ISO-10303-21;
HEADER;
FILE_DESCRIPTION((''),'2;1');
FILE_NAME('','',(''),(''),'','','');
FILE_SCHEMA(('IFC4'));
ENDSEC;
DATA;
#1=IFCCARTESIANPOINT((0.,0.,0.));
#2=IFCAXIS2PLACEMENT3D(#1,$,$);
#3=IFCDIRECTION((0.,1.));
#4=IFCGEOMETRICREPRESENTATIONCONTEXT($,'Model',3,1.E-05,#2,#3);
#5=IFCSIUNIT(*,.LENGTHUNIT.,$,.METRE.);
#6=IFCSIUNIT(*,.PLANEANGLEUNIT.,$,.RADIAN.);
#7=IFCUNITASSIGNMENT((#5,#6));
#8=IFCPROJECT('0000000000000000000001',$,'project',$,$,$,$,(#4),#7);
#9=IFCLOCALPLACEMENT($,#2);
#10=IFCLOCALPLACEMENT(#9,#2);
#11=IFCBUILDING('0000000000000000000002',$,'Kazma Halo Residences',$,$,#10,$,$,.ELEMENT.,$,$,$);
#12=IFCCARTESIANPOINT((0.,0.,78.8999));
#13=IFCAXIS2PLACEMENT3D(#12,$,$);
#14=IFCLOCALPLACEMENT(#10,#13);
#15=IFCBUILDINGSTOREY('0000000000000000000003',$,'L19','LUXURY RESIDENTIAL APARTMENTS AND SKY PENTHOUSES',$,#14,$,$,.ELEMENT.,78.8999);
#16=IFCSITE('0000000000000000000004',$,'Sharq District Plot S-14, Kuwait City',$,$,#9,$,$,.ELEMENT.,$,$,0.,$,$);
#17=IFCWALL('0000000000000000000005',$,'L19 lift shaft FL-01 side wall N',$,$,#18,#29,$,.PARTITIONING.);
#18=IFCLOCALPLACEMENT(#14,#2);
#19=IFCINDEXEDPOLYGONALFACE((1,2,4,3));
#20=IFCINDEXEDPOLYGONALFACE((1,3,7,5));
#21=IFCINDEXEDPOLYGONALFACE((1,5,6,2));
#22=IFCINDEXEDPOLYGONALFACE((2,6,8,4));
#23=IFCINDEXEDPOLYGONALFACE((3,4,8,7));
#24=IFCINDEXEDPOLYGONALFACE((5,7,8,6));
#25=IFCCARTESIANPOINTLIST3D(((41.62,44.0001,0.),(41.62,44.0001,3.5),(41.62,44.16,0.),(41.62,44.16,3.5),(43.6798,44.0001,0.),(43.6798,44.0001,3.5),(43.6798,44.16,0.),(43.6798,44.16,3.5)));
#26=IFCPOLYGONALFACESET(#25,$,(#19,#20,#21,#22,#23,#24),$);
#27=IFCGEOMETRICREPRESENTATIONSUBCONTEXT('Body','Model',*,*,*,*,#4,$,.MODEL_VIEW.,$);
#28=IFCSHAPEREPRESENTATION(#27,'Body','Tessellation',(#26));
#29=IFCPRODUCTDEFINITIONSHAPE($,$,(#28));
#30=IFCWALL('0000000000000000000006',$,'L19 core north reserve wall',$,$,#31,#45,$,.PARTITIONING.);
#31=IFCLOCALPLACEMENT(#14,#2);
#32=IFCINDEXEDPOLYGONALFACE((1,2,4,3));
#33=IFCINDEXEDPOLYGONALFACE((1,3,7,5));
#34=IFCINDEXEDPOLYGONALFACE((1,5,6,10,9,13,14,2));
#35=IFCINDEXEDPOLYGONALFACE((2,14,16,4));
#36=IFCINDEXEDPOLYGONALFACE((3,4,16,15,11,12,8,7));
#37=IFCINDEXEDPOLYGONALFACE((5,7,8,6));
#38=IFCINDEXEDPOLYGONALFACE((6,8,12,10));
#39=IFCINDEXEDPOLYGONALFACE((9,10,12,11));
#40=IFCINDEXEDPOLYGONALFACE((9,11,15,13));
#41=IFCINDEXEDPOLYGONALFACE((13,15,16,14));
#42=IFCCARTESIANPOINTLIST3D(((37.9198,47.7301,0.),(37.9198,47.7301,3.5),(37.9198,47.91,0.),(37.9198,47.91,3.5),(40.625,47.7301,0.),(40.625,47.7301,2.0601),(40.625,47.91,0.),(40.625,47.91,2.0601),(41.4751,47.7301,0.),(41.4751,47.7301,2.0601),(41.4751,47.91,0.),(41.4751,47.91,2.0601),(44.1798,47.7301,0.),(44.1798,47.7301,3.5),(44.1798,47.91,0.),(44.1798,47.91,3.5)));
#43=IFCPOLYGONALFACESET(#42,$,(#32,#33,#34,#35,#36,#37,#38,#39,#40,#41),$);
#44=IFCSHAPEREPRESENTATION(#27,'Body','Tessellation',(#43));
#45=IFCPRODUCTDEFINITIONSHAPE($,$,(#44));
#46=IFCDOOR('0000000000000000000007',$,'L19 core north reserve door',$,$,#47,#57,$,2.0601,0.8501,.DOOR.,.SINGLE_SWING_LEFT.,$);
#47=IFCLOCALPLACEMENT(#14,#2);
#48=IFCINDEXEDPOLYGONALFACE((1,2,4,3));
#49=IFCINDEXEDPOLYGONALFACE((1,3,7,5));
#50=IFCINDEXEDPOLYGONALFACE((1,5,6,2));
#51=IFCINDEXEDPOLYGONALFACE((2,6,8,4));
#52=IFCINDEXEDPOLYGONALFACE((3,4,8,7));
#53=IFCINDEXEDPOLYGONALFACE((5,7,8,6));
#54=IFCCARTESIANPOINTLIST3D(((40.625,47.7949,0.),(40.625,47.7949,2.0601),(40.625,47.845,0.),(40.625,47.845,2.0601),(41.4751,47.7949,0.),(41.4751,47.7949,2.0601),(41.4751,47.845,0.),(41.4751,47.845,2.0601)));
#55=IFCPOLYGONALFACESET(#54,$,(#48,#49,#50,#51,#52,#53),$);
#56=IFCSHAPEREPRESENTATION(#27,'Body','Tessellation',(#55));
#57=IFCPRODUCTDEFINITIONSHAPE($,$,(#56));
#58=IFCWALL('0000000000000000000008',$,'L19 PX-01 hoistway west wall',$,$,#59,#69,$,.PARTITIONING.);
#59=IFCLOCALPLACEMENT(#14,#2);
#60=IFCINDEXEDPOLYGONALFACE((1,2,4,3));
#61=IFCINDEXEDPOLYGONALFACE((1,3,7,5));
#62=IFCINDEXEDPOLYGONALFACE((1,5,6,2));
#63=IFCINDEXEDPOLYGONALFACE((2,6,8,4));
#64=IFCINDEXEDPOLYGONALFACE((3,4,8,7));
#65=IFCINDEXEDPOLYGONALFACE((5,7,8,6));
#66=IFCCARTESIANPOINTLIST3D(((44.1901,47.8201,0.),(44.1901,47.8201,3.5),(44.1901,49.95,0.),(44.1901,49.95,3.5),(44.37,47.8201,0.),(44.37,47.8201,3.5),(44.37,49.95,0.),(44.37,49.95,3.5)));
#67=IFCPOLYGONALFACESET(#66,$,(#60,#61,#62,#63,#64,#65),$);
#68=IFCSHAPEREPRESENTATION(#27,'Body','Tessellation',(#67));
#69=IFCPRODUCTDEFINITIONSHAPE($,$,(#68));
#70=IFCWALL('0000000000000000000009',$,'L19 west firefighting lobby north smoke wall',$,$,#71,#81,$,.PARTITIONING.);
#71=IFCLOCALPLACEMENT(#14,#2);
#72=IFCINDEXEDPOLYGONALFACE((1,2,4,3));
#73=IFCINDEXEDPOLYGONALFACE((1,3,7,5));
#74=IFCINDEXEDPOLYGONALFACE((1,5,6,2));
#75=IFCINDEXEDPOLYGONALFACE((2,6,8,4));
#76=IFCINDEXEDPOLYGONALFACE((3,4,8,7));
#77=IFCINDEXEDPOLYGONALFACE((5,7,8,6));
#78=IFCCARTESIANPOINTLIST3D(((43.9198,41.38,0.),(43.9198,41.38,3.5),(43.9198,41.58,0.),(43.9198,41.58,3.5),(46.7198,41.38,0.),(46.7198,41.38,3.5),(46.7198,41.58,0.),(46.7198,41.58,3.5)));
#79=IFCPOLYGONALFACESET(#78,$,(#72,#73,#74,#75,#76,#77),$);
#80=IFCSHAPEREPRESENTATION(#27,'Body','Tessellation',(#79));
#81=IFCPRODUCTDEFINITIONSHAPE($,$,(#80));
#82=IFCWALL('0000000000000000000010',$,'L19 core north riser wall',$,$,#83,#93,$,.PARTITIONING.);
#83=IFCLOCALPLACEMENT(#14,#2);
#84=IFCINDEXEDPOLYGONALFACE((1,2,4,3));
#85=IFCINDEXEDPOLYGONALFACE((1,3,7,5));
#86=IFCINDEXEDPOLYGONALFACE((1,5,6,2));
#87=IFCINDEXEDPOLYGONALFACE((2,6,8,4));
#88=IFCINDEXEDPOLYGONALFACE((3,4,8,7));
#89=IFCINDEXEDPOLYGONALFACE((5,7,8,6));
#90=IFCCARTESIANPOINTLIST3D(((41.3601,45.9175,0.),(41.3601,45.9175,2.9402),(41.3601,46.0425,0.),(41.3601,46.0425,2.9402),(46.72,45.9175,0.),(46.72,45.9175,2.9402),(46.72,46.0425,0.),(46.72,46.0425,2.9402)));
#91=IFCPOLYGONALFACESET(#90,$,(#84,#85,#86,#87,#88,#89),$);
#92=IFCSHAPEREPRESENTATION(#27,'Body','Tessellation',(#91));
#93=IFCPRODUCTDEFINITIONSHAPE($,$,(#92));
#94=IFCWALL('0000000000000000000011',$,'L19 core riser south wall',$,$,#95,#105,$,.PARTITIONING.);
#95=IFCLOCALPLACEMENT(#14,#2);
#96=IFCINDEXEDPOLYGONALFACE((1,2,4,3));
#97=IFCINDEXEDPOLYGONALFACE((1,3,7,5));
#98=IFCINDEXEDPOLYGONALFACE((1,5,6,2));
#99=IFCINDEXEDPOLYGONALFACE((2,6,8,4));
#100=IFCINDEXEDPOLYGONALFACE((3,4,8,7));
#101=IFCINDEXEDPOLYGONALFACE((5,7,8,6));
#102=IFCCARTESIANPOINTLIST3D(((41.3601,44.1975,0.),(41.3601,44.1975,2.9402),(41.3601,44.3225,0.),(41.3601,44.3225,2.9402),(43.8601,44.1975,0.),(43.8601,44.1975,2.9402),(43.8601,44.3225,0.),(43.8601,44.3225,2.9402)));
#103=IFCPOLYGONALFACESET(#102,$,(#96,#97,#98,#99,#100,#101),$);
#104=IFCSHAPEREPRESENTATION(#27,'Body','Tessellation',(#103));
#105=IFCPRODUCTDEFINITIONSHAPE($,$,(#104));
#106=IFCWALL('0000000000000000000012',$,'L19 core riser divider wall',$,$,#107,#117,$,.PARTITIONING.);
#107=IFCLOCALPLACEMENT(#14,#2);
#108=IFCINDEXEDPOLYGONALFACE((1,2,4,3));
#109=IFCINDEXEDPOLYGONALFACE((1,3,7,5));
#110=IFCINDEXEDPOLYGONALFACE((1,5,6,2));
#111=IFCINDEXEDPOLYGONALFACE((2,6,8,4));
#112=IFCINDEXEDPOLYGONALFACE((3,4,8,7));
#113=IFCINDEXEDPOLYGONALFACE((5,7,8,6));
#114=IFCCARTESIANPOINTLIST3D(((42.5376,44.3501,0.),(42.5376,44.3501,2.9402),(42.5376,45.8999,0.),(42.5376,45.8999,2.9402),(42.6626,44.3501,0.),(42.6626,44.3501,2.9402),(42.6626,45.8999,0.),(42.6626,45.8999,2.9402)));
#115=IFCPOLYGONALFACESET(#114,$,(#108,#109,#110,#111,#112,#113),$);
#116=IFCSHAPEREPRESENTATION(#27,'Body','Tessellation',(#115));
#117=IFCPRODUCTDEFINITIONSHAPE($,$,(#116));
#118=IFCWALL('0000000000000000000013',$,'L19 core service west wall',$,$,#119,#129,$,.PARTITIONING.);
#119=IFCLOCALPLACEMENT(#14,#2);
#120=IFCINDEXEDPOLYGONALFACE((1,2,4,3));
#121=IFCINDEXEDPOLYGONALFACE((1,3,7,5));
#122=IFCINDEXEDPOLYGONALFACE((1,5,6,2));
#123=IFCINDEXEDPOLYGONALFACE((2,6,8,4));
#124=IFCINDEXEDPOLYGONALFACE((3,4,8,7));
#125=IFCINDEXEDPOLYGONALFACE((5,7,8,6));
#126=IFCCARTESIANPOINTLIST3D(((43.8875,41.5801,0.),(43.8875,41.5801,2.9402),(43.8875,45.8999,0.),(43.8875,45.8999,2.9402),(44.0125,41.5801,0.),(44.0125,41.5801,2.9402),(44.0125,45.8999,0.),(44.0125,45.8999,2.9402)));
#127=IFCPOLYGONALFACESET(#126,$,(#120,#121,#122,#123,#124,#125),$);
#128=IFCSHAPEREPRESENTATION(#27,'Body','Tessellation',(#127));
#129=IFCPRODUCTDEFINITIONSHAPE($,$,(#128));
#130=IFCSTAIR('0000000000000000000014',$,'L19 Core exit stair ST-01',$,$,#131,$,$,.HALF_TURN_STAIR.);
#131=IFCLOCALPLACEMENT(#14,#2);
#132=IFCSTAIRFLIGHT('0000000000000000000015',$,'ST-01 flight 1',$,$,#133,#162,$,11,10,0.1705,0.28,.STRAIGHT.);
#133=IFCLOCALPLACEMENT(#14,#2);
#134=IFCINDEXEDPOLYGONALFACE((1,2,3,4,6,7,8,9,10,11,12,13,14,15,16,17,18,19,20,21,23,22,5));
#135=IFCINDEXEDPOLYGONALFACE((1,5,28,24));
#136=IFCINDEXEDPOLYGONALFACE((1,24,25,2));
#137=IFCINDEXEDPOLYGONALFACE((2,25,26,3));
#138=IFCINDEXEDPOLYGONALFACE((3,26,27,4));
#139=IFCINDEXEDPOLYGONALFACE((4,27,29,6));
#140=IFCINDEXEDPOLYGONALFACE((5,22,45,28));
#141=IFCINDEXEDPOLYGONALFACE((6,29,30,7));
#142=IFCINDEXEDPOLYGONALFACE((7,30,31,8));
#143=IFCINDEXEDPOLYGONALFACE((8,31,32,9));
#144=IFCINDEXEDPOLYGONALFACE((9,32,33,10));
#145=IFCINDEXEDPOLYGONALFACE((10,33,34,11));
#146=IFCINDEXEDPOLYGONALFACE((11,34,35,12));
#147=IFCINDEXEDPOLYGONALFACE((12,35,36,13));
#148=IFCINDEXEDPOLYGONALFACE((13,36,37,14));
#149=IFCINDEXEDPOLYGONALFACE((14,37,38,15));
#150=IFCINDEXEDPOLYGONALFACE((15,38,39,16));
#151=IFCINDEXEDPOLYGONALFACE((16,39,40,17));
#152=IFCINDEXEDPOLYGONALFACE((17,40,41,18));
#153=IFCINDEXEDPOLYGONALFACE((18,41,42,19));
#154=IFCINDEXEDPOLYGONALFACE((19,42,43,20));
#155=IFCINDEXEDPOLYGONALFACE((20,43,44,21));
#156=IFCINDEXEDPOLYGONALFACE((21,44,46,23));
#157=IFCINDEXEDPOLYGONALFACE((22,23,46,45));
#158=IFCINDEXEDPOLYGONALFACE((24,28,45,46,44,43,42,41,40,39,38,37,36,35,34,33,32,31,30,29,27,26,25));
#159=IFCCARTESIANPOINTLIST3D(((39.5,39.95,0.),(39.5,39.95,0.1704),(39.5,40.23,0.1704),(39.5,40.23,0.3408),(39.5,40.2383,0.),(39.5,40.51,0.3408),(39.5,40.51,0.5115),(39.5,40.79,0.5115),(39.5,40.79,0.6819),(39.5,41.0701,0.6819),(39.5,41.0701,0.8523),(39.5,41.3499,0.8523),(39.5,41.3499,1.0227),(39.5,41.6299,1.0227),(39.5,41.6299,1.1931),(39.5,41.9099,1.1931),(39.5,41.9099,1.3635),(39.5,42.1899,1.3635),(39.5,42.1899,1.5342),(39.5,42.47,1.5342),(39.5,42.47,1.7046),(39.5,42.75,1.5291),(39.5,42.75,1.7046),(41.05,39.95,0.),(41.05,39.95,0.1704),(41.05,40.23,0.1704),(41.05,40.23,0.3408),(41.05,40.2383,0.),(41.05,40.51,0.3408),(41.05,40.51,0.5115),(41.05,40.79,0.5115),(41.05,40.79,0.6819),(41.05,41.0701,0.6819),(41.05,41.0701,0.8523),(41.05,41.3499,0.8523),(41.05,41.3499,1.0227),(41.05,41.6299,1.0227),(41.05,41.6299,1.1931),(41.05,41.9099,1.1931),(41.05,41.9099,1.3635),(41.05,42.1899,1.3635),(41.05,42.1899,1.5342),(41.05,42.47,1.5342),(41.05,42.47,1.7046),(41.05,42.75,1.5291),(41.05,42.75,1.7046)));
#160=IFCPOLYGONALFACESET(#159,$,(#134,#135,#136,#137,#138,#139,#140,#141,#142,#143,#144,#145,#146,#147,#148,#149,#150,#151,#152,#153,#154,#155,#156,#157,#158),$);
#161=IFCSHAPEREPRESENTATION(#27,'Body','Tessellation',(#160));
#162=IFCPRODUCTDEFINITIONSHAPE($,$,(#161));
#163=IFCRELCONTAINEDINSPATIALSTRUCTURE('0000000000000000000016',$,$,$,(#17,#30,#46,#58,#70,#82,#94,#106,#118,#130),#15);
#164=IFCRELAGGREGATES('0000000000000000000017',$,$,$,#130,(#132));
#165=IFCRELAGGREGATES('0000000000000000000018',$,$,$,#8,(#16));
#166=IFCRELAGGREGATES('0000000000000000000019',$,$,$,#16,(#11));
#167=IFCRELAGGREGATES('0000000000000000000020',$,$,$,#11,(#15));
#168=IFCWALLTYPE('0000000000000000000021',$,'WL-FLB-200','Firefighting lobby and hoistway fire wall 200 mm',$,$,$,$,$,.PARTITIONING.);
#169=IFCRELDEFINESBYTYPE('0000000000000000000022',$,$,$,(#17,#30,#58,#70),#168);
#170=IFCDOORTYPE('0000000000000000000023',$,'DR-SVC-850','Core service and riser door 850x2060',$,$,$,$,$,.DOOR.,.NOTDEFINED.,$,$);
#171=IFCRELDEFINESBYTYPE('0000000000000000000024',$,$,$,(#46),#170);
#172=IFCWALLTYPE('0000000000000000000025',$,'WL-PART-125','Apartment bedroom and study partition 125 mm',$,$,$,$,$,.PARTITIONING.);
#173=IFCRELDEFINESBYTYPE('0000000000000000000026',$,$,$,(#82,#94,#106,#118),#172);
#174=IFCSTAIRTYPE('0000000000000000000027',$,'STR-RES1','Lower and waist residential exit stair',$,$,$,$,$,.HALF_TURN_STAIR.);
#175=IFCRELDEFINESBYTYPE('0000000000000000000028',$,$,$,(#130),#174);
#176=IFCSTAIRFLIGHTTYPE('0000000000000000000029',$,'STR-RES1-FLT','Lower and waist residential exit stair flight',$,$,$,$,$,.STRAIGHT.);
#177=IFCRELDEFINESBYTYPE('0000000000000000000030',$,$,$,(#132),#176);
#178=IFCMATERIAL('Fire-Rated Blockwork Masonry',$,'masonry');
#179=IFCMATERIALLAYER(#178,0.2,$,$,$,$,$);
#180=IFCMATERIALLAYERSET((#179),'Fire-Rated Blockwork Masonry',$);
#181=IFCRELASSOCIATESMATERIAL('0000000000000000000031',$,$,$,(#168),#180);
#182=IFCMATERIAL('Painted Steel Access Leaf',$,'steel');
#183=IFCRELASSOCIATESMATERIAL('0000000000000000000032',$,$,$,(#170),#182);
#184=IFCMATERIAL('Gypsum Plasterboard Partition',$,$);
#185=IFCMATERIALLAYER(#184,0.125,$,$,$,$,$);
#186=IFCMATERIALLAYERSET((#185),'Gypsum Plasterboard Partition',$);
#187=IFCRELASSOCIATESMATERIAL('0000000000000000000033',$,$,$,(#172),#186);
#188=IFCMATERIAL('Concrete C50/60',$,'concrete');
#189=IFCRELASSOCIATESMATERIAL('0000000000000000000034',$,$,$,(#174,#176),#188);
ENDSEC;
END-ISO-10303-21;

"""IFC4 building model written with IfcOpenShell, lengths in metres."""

from ifc_helpers import new_model, si_unit, direction, frame, frame_2d, origin, place, context, subcontext, project, spatial, polyline, rectangle, outline, extrude, material, layer, layer_set, type_object, element, fill, aggregate, save


model = new_model("IFC4")

# Units and contexts
model_context = context("Model", 3, precision=1e-05, world=origin(), true_north=direction((0.0, 1.0)))
body_context = subcontext(model_context, "Body", "Model", "MODEL_VIEW")
ifc_project = project(units=[si_unit("LENGTHUNIT", "METRE"), si_unit("PLANEANGLEUNIT", "RADIAN")], contexts=[model_context])

# Site, building, storey
site_placement = place(None, origin())
site = spatial("IfcSite", under=ifc_project, at=site_placement, Name="Sharq District Plot S-14, Kuwait City", CompositionType="ELEMENT", RefElevation=0.0)
building_placement = place(site_placement, origin())
building = spatial("IfcBuilding", under=site, at=building_placement, Name="Kazma Halo Residences", CompositionType="ELEMENT")
storey_placement = place(building_placement, frame((0.0, 0.0, 78.8999)))
storey = spatial("IfcBuildingStorey", under=building, at=storey_placement, Name="L19", Description="LUXURY RESIDENTIAL APARTMENTS AND SKY PENTHOUSES", CompositionType="ELEMENT", Elevation=78.8999)

# Shared definitions
ifc_material_1 = material(Name="Fire-Rated Blockwork Masonry", Category="masonry")
ifc_layer_1 = layer(ifc_material_1, 0.2)
ifc_layer_set_1 = layer_set([ifc_layer_1], Name="Fire-Rated Blockwork Masonry")
wall_type_1 = type_object("IfcWallType", Name="WL-FLB-200", Description="Firefighting lobby and hoistway fire wall 200 mm", PredefinedType="PARTITIONING", material=ifc_layer_set_1)

# Wall
wall_1_placement = place(storey_placement, frame((41.6201, 44.0801, 0.0), z_axis=(0.0, 0.0, 1.0), x_axis=(1.0, 0.0, 0.0)))
element("IfcWall", 1, at=wall_1_placement, inside=storey, type_object=wall_type_1, Name="L19 lift shaft FL-01 side wall N", PredefinedType="PARTITIONING", context=body_context, shape_type="SweptSolid", body=[
    extrude(rectangle(XDim=2.0598, YDim=0.1599, at=frame_2d((1.0298, 0.0))), origin(), (0.0, 0.0, 1.0), 3.5),
])

# Wall, opening, door
wall_2_placement = place(storey_placement, frame((37.9199, 47.8201, 0.0), z_axis=(0.0, 0.0, 1.0), x_axis=(1.0, 0.0, 0.0)))
wall_2 = element("IfcWall", 2, at=wall_2_placement, inside=storey, type_object=wall_type_1, Name="L19 core north reserve wall", PredefinedType="PARTITIONING", context=body_context, shape_type="SweptSolid", body=[
    extrude(rectangle(XDim=6.26, YDim=0.1799, at=frame_2d((3.1299, 0.0))), origin(), (0.0, 0.0, 1.0), 3.5),
])
opening_1_placement = place(wall_2_placement, frame((2.7051, 0.0, 0.0)))
opening_1 = element("IfcOpeningElement", 3, at=opening_1_placement, cuts=wall_2, PredefinedType="OPENING", context=body_context, shape_type="SweptSolid", body=[
    extrude(rectangle(XDim=0.8501, YDim=2.0601, at=frame_2d((0.425, 1.03))), frame((0.0, 0.0999, 0.0), z_axis=(0.0, -1.0, 0.0), x_axis=(1.0, 0.0, 0.0)), (0.0, 0.0, 1.0), 0.2),
])
ifc_material_2 = material(Name="Painted Steel Access Leaf", Category="steel")
door_type_1 = type_object("IfcDoorType", Name="DR-SVC-850", Description="Core service and riser door 850x2060", OperationType="NOTDEFINED", PredefinedType="DOOR", material=ifc_material_2)
door_1_placement = place(opening_1_placement, origin())
door_1 = element("IfcDoor", 4, at=door_1_placement, inside=storey, type_object=door_type_1, Name="L19 core north reserve door", OperationType="SINGLE_SWING_LEFT", OverallHeight=2.0601, OverallWidth=0.8501, PredefinedType="DOOR", context=body_context, shape_type="SweptSolid", body=[
    extrude(rectangle(XDim=0.8501, YDim=2.0601, at=frame_2d((0.425, 1.03))), frame((0.0, 0.0249, 0.0), z_axis=(0.0, -1.0, 0.0), x_axis=(1.0, 0.0, 0.0)), (0.0, 0.0, 1.0), 0.05),
])
fill(opening_1, door_1)

# Walls
wall_3_placement = place(storey_placement, frame((44.28, 47.8201, 0.0), z_axis=(0.0, 0.0, 1.0), x_axis=(0.0, 1.0, 0.0)))
element("IfcWall", 5, at=wall_3_placement, inside=storey, type_object=wall_type_1, Name="L19 PX-01 hoistway west wall", PredefinedType="PARTITIONING", context=body_context, shape_type="SweptSolid", body=[
    extrude(rectangle(XDim=2.1299, YDim=0.1799, at=frame_2d((1.0649, 0.0))), origin(), (0.0, 0.0, 1.0), 3.5),
])
wall_4_placement = place(storey_placement, frame((43.9199, 41.48, 0.0), z_axis=(0.0, 0.0, 1.0), x_axis=(1.0, 0.0, 0.0)))
element("IfcWall", 6, at=wall_4_placement, inside=storey, type_object=wall_type_1, Name="L19 west firefighting lobby north smoke wall", PredefinedType="PARTITIONING", context=body_context, shape_type="SweptSolid", body=[
    extrude(rectangle(XDim=2.8, YDim=0.2, at=frame_2d((1.3999, 0.0))), origin(), (0.0, 0.0, 1.0), 3.5),
])
ifc_material_3 = material(Name="Gypsum Plasterboard Partition")
ifc_layer_2 = layer(ifc_material_3, 0.125)
ifc_layer_set_2 = layer_set([ifc_layer_2], Name="Gypsum Plasterboard Partition")
wall_type_2 = type_object("IfcWallType", Name="WL-PART-125", Description="Apartment bedroom and study partition 125 mm", PredefinedType="PARTITIONING", material=ifc_layer_set_2)
wall_5_placement = place(storey_placement, frame((41.3601, 45.98, 0.0), z_axis=(0.0, 0.0, 1.0), x_axis=(1.0, 0.0, 0.0)))
element("IfcWall", 7, at=wall_5_placement, inside=storey, type_object=wall_type_2, Name="L19 core north riser wall", PredefinedType="PARTITIONING", context=body_context, shape_type="SweptSolid", body=[
    extrude(rectangle(XDim=5.3599, YDim=0.125, at=frame_2d((2.6799, 0.0))), origin(), (0.0, 0.0, 1.0), 2.9402),
])
wall_6_placement = place(storey_placement, frame((41.3601, 44.26, 0.0), z_axis=(0.0, 0.0, 1.0), x_axis=(1.0, 0.0, 0.0)))
element("IfcWall", 8, at=wall_6_placement, inside=storey, type_object=wall_type_2, Name="L19 core riser south wall", PredefinedType="PARTITIONING", context=body_context, shape_type="SweptSolid", body=[
    extrude(rectangle(XDim=2.5, YDim=0.125, at=frame_2d((1.25, 0.0))), origin(), (0.0, 0.0, 1.0), 2.9402),
])
wall_7_placement = place(storey_placement, frame((42.6001, 44.3501, 0.0), z_axis=(0.0, 0.0, 1.0), x_axis=(0.0, 1.0, 0.0)))
element("IfcWall", 9, at=wall_7_placement, inside=storey, type_object=wall_type_2, Name="L19 core riser divider wall", PredefinedType="PARTITIONING", context=body_context, shape_type="SweptSolid", body=[
    extrude(rectangle(XDim=1.5498, YDim=0.125, at=frame_2d((0.7749, 0.0))), origin(), (0.0, 0.0, 1.0), 2.9402),
])
wall_8_placement = place(storey_placement, frame((43.95, 41.5801, 0.0), z_axis=(0.0, 0.0, 1.0), x_axis=(0.0, 1.0, 0.0)))
element("IfcWall", 10, at=wall_8_placement, inside=storey, type_object=wall_type_2, Name="L19 core service west wall", PredefinedType="PARTITIONING", context=body_context, shape_type="SweptSolid", body=[
    extrude(rectangle(XDim=4.3198, YDim=0.125, at=frame_2d((2.1599, 0.0))), origin(), (0.0, 0.0, 1.0), 2.9402),
])

# Stair, stair flight
ifc_material_4 = material(Name="Concrete C50/60", Category="concrete")
stair_type = type_object("IfcStairType", Name="STR-RES1", Description="Lower and waist residential exit stair", PredefinedType="HALF_TURN_STAIR", material=ifc_material_4)
stair_placement = place(storey_placement, origin())
stair = element("IfcStair", 11, at=stair_placement, inside=storey, type_object=stair_type, Name="L19 Core exit stair ST-01", PredefinedType="HALF_TURN_STAIR")
stair_flight_type = type_object("IfcStairFlightType", Name="STR-RES1-FLT", Description="Lower and waist residential exit stair flight", PredefinedType="STRAIGHT", material=ifc_material_4)
stair_flight_1_placement = place(storey_placement, frame((40.2749, 39.95, 0.0), z_axis=(0.0, 0.0, 1.0), x_axis=(0.0, 1.0, 0.0)))
stair_flight_1 = element("IfcStairFlight", 12, at=stair_flight_1_placement, type_object=stair_flight_type, Name="ST-01 flight 1", NumberOfRisers=11, NumberOfTreads=10, PredefinedType="STRAIGHT", RiserHeight=0.1705, TreadLength=0.28, context=body_context, shape_type="SweptSolid", body=[
    extrude(outline(polyline([(0.0, 0.0), (0.0, 0.1704), (0.28, 0.1704), (0.28, 0.3408), (0.5601, 0.3408), (0.5601, 0.5115), (0.8401, 0.5115), (0.8401, 0.6819), (1.1201, 0.6819), (1.1201, 0.8523), (1.3999, 0.8523), (1.3999, 1.0227), (1.6799, 1.0227), (1.6799, 1.1931), (1.96, 1.1931), (1.96, 1.3635), (2.24, 1.3635), (2.24, 1.5342), (2.52, 1.5342), (2.52, 1.7046), (2.8, 1.7046), (2.8, 1.875), (2.8, 1.5291), (0.2883, 0.0), (0.0, 0.0)])), frame((0.0, 0.7749, 0.0), z_axis=(0.0, -1.0, 0.0), x_axis=(1.0, 0.0, 0.0)), (0.0, 0.0, 1.0), 1.55),
])
aggregate(stair, [stair_flight_1])

save(model, "model.ifc")
